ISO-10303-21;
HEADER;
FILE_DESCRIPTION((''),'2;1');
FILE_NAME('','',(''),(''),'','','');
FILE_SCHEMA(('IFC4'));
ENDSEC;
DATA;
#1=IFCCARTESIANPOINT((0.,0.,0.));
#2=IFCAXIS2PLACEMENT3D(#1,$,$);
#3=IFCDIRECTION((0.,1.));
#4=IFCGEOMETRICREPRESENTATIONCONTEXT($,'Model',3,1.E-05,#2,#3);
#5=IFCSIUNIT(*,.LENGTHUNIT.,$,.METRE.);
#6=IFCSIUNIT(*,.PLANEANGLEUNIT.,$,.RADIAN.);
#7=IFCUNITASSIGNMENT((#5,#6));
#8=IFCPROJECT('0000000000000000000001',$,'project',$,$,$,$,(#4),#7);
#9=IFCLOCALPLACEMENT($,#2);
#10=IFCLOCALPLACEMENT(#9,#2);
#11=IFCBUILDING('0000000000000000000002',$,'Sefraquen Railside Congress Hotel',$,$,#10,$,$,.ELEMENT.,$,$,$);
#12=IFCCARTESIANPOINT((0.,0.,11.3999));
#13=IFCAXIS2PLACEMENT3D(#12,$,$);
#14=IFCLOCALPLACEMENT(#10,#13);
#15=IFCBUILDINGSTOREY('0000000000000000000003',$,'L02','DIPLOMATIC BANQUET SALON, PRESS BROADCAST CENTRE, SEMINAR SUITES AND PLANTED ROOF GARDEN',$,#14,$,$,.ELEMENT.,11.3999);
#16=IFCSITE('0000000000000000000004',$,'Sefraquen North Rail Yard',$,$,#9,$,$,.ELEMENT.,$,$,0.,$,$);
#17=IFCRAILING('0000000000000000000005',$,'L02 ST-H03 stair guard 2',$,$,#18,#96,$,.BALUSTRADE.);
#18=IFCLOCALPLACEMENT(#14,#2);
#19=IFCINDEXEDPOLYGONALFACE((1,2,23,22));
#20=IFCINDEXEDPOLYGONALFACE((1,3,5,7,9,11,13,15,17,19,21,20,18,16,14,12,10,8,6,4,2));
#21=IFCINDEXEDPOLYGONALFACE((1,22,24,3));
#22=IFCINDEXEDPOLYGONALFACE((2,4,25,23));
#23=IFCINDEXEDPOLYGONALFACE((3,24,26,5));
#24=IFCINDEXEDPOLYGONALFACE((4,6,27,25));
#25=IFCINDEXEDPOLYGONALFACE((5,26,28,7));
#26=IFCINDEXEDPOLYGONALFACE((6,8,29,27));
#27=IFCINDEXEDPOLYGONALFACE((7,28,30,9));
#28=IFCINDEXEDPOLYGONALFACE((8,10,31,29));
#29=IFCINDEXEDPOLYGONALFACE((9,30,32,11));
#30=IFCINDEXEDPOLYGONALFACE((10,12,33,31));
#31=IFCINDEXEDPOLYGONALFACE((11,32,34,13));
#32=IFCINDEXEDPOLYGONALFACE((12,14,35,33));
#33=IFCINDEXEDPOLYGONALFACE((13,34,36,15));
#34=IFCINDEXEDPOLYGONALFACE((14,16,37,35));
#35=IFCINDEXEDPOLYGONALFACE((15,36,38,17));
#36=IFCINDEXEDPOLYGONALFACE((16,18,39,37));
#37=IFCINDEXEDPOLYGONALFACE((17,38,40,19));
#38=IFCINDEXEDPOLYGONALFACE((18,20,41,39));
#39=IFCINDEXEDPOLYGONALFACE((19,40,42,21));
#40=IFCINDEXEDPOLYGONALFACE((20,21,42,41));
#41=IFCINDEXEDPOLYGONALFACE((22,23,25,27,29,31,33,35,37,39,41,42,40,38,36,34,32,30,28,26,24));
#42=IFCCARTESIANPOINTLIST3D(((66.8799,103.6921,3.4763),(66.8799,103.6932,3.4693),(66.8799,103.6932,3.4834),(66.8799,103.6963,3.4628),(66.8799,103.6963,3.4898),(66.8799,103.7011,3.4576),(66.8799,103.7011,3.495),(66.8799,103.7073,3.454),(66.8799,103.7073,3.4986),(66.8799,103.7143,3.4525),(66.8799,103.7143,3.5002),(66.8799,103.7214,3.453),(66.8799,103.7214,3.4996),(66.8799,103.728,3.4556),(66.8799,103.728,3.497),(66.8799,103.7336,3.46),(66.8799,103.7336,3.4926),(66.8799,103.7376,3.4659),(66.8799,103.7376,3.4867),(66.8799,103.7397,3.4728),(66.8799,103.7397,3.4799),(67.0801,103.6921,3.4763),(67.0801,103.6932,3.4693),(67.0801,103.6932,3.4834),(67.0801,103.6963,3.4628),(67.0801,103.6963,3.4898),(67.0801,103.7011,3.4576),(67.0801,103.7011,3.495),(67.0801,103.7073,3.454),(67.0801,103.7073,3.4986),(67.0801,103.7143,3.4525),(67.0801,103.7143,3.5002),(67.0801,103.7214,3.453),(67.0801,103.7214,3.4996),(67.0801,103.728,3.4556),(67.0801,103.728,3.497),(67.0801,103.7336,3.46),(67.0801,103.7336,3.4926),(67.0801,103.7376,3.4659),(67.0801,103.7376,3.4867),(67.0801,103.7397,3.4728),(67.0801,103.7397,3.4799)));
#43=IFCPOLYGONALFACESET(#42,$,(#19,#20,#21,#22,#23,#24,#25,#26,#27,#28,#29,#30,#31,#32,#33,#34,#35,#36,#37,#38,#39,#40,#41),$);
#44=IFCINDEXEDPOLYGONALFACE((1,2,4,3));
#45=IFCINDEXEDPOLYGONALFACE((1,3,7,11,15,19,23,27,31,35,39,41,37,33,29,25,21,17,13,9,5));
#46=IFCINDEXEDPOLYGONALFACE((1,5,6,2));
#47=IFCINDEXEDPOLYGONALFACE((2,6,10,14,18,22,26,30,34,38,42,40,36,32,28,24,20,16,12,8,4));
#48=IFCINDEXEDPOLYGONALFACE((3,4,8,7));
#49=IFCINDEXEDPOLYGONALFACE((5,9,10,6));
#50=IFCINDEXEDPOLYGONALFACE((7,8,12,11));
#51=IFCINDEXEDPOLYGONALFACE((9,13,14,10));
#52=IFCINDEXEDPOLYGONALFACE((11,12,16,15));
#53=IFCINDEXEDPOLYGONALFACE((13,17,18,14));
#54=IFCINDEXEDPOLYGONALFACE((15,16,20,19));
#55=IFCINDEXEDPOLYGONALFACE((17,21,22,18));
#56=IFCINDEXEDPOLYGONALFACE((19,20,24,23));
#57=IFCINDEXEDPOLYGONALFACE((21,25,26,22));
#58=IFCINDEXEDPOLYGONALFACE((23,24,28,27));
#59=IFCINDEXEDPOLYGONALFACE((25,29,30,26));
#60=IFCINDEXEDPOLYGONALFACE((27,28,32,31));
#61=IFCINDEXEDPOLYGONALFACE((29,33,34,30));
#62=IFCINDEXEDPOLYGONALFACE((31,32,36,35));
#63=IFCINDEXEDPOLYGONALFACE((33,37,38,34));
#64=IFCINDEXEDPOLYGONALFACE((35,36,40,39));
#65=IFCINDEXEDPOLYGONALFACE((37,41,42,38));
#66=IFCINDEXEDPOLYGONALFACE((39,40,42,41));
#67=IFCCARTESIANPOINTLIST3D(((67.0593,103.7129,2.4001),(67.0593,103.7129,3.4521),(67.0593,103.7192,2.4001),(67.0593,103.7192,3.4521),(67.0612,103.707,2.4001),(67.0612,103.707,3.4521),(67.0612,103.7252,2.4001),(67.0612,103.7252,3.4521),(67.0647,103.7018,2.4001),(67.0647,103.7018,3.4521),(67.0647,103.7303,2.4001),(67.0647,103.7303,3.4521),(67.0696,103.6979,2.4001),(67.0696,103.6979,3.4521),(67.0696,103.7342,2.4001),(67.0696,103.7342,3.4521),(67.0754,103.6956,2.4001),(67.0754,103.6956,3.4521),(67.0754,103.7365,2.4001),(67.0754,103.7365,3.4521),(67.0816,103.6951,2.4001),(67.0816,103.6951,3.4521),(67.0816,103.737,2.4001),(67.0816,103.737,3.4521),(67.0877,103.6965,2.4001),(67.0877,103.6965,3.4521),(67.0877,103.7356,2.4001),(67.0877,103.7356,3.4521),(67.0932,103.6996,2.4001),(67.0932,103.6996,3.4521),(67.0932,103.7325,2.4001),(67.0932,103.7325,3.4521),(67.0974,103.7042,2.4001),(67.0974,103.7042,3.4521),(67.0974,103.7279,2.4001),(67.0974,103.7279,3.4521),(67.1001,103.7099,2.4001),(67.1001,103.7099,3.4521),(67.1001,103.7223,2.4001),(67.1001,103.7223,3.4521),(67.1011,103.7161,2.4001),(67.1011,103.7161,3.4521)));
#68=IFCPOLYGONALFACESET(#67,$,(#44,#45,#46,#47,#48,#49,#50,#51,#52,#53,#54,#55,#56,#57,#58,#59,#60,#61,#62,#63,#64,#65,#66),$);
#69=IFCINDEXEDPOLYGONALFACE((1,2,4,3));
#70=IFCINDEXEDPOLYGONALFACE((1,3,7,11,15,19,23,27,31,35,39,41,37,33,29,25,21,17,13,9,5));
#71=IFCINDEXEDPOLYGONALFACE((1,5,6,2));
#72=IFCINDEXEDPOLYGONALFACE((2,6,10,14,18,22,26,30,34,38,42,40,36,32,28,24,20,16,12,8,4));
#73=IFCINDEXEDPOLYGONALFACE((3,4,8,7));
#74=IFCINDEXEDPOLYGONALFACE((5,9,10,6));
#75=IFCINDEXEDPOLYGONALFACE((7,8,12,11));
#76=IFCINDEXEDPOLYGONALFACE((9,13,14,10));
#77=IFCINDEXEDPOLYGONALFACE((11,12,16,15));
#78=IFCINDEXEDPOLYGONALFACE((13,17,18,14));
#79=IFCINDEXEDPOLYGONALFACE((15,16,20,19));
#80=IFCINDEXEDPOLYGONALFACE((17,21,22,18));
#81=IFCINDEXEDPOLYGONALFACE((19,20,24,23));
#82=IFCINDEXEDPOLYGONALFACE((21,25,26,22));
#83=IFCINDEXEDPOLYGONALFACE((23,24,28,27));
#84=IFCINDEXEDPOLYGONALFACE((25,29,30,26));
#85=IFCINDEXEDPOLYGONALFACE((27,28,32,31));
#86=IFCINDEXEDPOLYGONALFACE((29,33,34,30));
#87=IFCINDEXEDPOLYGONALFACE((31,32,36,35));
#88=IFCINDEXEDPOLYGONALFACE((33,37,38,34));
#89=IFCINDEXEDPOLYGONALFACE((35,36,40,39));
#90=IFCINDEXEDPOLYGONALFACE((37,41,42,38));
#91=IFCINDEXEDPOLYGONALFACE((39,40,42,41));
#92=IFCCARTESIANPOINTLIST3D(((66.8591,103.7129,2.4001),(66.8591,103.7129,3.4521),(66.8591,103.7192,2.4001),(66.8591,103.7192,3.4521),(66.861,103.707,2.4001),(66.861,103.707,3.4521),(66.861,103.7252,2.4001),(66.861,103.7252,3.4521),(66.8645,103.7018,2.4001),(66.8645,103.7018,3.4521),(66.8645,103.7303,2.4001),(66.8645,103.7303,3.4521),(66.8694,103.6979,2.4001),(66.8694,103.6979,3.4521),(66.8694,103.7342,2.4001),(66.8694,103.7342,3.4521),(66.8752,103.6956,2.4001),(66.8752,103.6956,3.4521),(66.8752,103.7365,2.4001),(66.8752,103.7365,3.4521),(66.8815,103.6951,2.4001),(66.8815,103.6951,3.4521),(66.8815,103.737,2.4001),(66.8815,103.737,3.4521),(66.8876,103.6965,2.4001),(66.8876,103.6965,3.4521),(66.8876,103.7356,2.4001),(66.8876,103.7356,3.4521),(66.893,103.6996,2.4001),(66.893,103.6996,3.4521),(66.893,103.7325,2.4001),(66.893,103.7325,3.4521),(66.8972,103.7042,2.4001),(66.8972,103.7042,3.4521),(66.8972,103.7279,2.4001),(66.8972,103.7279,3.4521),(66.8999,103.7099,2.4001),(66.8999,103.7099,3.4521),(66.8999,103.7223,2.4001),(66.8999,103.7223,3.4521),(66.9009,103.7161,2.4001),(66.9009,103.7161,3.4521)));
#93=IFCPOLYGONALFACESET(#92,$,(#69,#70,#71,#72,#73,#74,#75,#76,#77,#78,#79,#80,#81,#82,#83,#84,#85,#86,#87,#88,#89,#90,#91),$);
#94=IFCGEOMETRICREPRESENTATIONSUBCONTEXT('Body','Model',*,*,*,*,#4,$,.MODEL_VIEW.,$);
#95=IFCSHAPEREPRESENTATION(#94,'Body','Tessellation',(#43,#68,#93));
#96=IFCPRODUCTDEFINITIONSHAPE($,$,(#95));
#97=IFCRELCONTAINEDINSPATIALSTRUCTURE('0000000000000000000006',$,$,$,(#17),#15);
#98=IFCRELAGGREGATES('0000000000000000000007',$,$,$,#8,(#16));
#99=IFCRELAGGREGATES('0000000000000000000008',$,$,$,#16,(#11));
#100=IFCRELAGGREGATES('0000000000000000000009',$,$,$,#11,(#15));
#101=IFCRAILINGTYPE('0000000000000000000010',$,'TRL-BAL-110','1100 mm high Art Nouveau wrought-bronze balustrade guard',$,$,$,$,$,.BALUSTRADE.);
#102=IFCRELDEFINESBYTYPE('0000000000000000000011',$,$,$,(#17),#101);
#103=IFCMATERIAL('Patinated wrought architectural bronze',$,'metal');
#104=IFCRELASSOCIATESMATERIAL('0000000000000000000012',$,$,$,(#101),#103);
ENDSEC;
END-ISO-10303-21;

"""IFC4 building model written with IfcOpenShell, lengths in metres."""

from ifc_helpers import new_model, si_unit, direction, frame, origin, origin_2d, place, context, subcontext, project, spatial, circle, extrude, material, type_object, element, save


model = new_model("IFC4")

# Units and contexts
model_context = context("Model", 3, precision=1e-05, world=origin(), true_north=direction((0.0, 1.0)))
body_context = subcontext(model_context, "Body", "Model", "MODEL_VIEW")
ifc_project = project(units=[si_unit("LENGTHUNIT", "METRE"), si_unit("PLANEANGLEUNIT", "RADIAN")], contexts=[model_context])

# Site, building, storey
site_placement = place(None, origin())
site = spatial("IfcSite", under=ifc_project, at=site_placement, Name="Sefraquen North Rail Yard", CompositionType="ELEMENT", RefElevation=0.0)
building_placement = place(site_placement, origin())
building = spatial("IfcBuilding", under=site, at=building_placement, Name="Sefraquen Railside Congress Hotel", CompositionType="ELEMENT")
storey_placement = place(building_placement, frame((0.0, 0.0, 11.3999)))
storey = spatial("IfcBuildingStorey", under=building, at=storey_placement, Name="L02", Description="DIPLOMATIC BANQUET SALON, PRESS BROADCAST CENTRE, SEMINAR SUITES AND PLANTED ROOF GARDEN", CompositionType="ELEMENT", Elevation=11.3999)

# Railing
ifc_material_1 = material(Name="Patinated wrought architectural bronze", Category="metal")
railing_type_1 = type_object("IfcRailingType", Name="TRL-BAL-110", Description="1100 mm high Art Nouveau wrought-bronze balustrade guard", PredefinedType="BALUSTRADE", material=ifc_material_1)
railing_1_placement = place(storey_placement, frame((67.0801, 103.7161, 2.4001)))
element("IfcRailing", 1, at=railing_1_placement, inside=storey, type_object=railing_type_1, Name="L02 ST-H03 stair guard 2", PredefinedType="BALUSTRADE", context=body_context, shape_type="SweptSolid", body=[
    extrude(circle(Radius=0.0239, at=origin_2d()), frame((0.0, 0.0, 1.0762), z_axis=(-1.0, 0.0, 0.0), x_axis=(0.0, -1.0, 0.0)), (0.0, 0.0, 1.0), 0.2002),
    extrude(circle(Radius=0.021, at=origin_2d()), origin(), (0.0, 0.0, 1.0), 1.052),
    extrude(circle(Radius=0.021, at=origin_2d()), frame((-0.2002, 0.0, 0.0)), (0.0, 0.0, 1.0), 1.052),
])

save(model, "model.ifc")
